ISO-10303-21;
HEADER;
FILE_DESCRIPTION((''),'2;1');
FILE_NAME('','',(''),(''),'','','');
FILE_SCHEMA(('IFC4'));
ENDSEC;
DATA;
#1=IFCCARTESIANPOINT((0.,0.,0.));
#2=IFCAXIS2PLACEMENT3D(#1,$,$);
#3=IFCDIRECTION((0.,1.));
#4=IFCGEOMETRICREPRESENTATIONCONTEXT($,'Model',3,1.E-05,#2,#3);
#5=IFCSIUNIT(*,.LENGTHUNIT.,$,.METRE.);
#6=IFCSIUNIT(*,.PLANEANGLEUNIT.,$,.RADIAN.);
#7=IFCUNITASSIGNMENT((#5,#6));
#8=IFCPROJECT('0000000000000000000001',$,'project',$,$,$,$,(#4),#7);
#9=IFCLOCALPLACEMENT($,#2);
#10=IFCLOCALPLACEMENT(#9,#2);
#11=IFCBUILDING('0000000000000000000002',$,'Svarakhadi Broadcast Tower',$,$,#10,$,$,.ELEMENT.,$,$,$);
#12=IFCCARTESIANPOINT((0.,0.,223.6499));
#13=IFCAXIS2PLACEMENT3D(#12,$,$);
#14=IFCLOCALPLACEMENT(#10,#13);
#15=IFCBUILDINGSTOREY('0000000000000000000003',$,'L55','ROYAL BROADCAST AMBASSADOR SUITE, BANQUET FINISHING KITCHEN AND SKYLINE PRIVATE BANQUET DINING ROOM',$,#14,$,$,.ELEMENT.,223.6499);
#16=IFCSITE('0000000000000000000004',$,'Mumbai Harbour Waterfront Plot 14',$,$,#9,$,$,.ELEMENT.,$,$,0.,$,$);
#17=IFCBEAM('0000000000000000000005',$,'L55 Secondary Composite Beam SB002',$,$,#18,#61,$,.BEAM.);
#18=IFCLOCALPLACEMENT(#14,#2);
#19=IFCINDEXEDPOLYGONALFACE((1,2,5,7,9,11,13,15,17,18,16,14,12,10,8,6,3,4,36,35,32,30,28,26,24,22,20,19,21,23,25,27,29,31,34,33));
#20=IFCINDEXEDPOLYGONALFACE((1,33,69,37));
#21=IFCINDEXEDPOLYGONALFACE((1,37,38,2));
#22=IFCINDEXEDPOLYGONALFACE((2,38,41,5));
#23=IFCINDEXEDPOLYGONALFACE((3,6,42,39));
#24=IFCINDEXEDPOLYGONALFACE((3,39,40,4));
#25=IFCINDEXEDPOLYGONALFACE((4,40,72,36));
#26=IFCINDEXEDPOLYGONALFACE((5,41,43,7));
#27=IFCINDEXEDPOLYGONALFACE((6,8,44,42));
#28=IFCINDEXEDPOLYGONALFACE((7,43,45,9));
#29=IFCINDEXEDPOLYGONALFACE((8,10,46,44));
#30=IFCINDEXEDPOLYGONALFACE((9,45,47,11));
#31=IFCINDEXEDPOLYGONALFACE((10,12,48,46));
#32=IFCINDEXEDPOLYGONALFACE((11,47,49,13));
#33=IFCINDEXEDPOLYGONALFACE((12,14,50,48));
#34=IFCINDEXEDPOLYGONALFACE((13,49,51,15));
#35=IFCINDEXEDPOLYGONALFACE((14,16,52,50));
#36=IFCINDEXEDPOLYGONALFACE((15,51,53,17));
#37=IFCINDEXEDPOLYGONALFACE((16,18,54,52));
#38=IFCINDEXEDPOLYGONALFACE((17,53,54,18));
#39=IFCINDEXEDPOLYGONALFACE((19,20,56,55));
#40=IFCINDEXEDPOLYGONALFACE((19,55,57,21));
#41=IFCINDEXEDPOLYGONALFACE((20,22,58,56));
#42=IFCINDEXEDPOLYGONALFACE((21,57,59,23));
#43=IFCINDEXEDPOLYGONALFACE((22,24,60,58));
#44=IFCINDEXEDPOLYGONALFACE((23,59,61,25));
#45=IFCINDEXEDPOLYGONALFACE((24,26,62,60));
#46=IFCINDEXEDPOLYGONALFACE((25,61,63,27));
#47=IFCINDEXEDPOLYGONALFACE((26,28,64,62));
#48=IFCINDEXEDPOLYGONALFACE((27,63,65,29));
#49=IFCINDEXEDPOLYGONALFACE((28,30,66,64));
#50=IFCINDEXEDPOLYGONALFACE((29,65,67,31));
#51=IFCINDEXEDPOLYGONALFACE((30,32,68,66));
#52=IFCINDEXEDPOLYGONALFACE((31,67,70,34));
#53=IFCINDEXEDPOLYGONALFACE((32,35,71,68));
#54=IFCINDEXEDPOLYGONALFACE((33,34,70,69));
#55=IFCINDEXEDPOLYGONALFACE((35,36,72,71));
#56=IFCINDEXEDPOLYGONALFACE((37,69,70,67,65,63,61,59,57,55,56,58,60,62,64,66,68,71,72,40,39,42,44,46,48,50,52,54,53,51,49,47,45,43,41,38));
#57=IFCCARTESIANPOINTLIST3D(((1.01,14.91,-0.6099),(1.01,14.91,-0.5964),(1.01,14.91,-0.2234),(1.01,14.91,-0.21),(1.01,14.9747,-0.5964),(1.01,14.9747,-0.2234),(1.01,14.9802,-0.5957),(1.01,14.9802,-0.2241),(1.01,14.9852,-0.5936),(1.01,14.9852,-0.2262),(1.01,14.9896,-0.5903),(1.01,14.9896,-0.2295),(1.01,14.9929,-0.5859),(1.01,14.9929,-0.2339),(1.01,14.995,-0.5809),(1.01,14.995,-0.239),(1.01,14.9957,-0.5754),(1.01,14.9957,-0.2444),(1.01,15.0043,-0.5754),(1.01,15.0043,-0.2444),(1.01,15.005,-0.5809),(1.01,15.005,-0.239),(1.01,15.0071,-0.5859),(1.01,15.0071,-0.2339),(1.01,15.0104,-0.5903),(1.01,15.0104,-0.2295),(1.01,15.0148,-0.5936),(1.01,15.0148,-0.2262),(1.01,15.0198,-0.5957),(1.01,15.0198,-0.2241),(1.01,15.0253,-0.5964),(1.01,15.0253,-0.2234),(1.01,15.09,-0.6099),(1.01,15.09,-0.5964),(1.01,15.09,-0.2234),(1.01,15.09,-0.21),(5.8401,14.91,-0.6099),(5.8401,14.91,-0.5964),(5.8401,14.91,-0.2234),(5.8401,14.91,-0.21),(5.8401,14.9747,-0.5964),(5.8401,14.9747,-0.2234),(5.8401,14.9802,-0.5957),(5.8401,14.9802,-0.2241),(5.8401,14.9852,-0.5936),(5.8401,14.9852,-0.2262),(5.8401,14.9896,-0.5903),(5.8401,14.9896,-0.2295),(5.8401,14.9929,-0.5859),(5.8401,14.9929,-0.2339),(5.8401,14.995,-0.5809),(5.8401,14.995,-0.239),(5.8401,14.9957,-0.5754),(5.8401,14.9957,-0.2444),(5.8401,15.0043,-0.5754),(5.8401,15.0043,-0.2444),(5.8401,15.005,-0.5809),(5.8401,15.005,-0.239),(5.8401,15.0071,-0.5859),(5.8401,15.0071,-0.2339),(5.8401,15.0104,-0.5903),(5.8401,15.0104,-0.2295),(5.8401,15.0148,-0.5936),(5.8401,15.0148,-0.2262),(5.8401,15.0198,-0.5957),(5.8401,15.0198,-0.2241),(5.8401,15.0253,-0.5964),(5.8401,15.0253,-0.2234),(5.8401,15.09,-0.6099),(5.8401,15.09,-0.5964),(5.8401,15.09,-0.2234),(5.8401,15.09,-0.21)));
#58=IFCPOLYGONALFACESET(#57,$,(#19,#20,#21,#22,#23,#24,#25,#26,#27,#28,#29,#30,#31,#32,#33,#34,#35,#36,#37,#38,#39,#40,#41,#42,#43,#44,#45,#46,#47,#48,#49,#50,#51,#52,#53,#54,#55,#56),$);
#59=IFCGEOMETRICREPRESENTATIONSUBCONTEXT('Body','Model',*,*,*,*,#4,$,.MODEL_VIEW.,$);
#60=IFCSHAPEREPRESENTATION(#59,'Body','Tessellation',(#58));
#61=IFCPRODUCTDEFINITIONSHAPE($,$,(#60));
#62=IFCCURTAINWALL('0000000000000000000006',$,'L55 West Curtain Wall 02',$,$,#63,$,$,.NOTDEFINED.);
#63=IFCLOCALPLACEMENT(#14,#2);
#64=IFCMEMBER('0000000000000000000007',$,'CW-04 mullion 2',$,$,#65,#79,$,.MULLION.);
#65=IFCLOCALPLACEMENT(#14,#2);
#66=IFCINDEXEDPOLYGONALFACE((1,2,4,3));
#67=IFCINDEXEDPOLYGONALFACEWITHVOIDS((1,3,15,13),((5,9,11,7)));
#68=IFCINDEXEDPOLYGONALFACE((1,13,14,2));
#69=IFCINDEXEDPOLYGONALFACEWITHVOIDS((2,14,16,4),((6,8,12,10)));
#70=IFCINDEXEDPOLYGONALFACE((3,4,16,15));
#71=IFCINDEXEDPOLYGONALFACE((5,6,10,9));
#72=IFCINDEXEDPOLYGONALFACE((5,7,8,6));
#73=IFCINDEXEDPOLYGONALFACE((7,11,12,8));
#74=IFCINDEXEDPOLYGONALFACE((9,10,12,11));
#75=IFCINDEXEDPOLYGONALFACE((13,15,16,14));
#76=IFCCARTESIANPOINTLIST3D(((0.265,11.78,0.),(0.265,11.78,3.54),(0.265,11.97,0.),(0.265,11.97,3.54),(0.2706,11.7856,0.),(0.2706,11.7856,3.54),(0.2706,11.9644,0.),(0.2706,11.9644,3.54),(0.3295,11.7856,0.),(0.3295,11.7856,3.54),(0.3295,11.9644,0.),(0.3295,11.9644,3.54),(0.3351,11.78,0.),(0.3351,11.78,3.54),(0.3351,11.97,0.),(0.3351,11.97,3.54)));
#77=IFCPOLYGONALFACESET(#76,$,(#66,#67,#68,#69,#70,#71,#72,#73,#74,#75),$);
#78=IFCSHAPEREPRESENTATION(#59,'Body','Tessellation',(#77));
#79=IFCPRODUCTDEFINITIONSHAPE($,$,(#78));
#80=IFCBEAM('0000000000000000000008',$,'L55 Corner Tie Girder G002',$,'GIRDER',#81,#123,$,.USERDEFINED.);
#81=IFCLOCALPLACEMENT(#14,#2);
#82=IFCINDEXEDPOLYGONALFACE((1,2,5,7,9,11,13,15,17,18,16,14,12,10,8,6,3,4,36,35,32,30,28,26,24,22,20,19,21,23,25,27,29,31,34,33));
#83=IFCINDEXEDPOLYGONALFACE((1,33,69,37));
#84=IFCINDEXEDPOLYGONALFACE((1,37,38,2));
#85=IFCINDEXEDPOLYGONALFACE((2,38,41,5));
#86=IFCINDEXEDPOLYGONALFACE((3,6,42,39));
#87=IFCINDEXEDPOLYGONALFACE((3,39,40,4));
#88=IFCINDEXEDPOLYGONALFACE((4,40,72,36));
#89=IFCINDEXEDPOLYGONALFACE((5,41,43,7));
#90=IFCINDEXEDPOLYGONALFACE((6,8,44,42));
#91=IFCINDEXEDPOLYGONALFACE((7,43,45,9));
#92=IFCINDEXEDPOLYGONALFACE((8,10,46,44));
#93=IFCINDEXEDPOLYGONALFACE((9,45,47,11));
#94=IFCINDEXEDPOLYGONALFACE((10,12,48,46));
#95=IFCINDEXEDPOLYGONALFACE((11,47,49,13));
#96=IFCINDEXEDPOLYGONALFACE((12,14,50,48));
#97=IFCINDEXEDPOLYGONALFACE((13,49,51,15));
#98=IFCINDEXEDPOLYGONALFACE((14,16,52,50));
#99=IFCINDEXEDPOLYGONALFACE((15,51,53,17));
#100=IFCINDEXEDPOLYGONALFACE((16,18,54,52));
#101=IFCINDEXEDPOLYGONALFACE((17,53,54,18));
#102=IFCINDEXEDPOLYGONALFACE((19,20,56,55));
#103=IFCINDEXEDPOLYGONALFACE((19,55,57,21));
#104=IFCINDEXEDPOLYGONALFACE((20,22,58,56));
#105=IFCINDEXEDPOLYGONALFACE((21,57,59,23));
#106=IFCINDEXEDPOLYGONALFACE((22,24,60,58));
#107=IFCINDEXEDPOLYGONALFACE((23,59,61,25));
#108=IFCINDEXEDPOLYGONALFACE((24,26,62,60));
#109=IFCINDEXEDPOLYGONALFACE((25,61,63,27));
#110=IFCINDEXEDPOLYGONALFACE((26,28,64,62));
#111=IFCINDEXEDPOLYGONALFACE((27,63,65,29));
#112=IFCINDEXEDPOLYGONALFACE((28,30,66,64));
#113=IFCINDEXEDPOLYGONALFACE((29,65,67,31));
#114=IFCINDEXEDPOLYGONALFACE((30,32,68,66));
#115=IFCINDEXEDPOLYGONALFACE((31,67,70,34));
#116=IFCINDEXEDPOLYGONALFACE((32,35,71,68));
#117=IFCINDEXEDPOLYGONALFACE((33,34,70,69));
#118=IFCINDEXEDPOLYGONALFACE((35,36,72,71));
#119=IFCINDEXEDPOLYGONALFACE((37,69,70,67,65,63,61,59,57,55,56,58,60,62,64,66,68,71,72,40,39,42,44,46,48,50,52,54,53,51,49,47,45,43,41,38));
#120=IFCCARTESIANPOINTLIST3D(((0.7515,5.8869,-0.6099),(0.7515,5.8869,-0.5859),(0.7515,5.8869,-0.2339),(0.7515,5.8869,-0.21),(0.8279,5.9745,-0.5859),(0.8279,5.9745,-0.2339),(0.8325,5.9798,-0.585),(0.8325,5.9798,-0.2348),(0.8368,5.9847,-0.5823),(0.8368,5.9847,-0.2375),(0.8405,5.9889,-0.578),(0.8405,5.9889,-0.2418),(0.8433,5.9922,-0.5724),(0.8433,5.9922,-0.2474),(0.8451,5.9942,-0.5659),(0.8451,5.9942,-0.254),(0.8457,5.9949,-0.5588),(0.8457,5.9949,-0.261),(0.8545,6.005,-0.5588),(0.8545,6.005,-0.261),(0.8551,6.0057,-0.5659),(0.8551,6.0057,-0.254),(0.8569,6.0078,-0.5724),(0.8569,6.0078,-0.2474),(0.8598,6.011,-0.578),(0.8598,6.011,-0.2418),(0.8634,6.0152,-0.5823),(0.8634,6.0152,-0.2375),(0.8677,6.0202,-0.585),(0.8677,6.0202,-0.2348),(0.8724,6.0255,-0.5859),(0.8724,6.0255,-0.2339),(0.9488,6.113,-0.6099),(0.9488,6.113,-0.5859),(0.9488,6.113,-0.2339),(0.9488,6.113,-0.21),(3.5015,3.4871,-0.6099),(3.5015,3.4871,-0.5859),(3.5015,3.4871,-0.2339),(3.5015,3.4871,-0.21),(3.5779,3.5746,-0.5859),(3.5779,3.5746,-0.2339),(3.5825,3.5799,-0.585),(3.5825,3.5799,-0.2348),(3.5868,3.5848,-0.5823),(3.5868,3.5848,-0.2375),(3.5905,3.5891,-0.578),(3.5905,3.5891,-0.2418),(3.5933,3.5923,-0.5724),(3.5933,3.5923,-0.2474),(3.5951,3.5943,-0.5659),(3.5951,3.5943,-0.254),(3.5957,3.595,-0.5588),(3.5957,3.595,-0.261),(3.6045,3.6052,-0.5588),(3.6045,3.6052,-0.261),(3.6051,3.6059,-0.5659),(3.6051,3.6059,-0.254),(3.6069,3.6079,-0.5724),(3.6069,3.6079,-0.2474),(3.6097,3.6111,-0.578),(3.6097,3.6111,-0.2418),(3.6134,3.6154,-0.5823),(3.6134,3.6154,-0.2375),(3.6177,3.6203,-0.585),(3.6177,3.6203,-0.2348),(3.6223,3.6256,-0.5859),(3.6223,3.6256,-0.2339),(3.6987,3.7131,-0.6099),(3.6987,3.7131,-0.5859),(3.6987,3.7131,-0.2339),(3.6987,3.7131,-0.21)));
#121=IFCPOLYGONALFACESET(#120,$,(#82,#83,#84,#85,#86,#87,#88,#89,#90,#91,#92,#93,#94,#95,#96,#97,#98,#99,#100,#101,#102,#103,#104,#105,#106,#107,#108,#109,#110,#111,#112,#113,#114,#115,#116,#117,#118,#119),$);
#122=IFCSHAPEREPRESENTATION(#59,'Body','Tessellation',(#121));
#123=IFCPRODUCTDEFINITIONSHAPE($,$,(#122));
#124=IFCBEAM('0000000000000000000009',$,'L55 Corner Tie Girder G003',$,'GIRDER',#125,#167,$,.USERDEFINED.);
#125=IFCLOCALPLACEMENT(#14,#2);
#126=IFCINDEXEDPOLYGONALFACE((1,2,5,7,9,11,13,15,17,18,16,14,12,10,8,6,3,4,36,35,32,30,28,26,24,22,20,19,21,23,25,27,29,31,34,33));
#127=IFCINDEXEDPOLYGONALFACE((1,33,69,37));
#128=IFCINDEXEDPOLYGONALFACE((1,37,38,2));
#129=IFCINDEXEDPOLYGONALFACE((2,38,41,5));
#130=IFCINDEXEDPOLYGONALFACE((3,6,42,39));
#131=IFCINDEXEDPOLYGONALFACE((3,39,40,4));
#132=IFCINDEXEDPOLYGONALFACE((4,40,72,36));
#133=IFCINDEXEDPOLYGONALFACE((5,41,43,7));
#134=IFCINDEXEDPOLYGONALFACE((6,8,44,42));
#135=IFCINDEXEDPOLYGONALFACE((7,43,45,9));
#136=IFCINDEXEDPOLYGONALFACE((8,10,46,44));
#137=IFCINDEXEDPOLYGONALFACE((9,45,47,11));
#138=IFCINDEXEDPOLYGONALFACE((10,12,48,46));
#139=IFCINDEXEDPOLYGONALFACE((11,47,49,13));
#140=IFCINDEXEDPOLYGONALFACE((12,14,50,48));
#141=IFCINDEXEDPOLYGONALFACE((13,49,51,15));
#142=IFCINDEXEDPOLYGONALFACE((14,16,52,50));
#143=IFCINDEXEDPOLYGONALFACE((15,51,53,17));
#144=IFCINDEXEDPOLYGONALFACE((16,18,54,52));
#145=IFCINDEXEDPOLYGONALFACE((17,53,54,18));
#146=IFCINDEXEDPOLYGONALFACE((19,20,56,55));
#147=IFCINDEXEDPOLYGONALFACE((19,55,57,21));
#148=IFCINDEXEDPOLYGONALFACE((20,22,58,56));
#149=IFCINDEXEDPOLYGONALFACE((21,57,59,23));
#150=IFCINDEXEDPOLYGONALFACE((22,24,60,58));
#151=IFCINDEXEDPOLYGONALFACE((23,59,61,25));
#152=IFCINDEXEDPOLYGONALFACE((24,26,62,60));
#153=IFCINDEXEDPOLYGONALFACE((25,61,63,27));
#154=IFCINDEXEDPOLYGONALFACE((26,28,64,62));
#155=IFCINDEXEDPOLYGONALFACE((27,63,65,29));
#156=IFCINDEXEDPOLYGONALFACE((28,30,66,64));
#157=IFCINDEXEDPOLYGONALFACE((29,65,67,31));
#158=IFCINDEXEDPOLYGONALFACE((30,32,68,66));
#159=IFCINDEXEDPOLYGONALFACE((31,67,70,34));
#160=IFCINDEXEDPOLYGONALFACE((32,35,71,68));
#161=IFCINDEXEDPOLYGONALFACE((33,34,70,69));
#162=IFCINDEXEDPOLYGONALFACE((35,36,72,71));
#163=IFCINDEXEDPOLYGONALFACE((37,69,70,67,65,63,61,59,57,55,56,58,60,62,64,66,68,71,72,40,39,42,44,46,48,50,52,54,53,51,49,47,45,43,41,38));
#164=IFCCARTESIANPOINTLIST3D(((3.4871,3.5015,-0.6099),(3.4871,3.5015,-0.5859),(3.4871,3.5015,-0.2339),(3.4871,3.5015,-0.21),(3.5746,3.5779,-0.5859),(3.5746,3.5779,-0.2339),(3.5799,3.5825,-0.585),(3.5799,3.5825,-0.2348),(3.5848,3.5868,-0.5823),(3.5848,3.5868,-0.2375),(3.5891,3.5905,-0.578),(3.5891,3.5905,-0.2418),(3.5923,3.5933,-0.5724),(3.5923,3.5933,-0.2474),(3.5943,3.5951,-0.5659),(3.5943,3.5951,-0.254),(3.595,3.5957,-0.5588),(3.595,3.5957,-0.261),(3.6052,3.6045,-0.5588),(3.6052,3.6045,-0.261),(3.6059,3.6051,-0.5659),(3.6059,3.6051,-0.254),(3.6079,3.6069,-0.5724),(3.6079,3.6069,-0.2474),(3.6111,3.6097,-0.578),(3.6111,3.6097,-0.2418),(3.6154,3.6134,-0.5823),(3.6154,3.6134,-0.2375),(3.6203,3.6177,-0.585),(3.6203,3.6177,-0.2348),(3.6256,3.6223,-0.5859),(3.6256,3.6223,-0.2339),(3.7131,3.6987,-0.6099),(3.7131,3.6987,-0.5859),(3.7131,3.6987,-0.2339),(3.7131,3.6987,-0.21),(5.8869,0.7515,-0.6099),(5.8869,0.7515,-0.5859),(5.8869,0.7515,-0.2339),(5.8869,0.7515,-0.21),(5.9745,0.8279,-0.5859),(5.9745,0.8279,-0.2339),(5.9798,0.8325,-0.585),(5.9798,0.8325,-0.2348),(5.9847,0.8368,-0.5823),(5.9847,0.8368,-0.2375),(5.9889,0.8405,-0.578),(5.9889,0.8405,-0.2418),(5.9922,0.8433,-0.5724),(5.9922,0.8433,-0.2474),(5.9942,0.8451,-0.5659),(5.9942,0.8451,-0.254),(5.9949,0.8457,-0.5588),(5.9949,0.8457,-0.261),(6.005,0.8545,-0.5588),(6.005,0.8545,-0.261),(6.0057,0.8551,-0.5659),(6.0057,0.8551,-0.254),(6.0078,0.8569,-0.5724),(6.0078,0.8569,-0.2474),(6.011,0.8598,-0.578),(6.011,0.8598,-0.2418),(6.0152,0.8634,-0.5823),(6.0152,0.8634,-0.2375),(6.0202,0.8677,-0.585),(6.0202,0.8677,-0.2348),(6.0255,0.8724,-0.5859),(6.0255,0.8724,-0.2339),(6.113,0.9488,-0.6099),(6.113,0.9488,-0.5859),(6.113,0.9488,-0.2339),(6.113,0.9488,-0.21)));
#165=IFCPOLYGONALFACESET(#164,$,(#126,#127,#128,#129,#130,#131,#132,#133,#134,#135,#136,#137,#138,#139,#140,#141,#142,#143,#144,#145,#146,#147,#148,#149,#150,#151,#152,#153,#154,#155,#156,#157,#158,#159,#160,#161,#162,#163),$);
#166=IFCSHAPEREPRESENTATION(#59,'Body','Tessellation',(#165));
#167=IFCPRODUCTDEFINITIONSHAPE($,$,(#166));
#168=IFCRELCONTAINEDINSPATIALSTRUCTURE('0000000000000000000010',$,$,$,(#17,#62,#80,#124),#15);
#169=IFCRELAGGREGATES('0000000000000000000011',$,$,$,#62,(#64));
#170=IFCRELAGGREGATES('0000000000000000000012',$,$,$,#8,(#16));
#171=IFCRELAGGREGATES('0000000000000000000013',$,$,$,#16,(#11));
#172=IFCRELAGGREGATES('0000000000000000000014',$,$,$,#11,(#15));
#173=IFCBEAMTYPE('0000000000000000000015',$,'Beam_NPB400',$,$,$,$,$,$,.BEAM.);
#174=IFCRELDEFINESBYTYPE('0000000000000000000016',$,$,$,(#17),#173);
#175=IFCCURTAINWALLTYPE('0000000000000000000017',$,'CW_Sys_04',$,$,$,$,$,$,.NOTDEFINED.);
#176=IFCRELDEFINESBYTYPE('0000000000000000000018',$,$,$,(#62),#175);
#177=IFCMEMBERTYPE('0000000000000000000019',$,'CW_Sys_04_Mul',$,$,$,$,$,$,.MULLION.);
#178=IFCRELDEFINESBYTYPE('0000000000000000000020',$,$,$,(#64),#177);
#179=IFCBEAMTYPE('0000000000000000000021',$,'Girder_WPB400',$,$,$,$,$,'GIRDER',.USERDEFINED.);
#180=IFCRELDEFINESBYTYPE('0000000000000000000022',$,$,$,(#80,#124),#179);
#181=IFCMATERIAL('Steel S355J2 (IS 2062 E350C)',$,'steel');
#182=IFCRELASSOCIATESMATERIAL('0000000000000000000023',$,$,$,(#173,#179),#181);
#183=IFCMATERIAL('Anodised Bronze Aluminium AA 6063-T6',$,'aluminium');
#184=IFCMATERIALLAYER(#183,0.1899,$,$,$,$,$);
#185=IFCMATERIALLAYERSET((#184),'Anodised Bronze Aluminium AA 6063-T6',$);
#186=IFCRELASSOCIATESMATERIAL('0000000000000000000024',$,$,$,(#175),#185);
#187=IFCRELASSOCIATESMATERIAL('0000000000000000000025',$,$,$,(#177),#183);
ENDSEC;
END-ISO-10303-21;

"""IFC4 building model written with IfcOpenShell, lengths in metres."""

from ifc_helpers import new_model, si_unit, direction, frame, origin, origin_2d, place, context, subcontext, project, spatial, hollow_rectangle, i_section, extrude, material, layer, layer_set, material_profile, profile_set, type_object, element, aggregate, save


model = new_model("IFC4")

# Units and contexts
model_context = context("Model", 3, precision=1e-05, world=origin(), true_north=direction((0.0, 1.0)))
body_context = subcontext(model_context, "Body", "Model", "MODEL_VIEW")
ifc_project = project(units=[si_unit("LENGTHUNIT", "METRE"), si_unit("PLANEANGLEUNIT", "RADIAN")], contexts=[model_context])

# Site, building, storey
site_placement = place(None, origin())
site = spatial("IfcSite", under=ifc_project, at=site_placement, Name="Mumbai Harbour Waterfront Plot 14", CompositionType="ELEMENT", RefElevation=0.0)
building_placement = place(site_placement, origin())
building = spatial("IfcBuilding", under=site, at=building_placement, Name="Svarakhadi Broadcast Tower", CompositionType="ELEMENT")
storey_placement = place(building_placement, frame((0.0, 0.0, 223.6499)))
storey = spatial("IfcBuildingStorey", under=building, at=storey_placement, Name="L55", Description="ROYAL BROADCAST AMBASSADOR SUITE, BANQUET FINISHING KITCHEN AND SKYLINE PRIVATE BANQUET DINING ROOM", CompositionType="ELEMENT", Elevation=223.6499)

# Beam
ifc_material_1 = material(Name="Steel S355J2 (IS 2062 E350C)", Category="steel")
ifc_material_profile_1 = material_profile(ifc_material_1, i_section(OverallWidth=0.1799, OverallDepth=0.3999, WebThickness=0.0085, FlangeThickness=0.0134, FilletRadius=0.021, at=origin_2d()), Name="NPB 400x180x66")
ifc_profile_set_1 = profile_set([ifc_material_profile_1], Name="Steel S355J2 (IS 2062 E350C)")
beam_type_1 = type_object("IfcBeamType", Name="Beam_NPB400", PredefinedType="BEAM", material=ifc_profile_set_1)
for number, where, z_axis, x_axis, name in (
    (1, (1.01, 15.0, -0.4099), (1.0, 0.0, 0.0), (0.0, 1.0, 0.0), "L55 Secondary Composite Beam SB002"),
):
    element("IfcBeam", number, at=place(storey_placement, frame(where, z_axis=z_axis, x_axis=x_axis)), inside=storey, type_object=beam_type_1, Name=name, PredefinedType="BEAM", context=body_context, shape_type="SweptSolid", body=[
        extrude(i_section(OverallWidth=0.1799, OverallDepth=0.3999, WebThickness=0.0085, FlangeThickness=0.0134, FilletRadius=0.021, at=origin_2d()), origin(), (0.0, 0.0, 1.0), 4.8301),
    ])

# Curtain wall, member
ifc_material_2 = material(Name="Anodised Bronze Aluminium AA 6063-T6", Category="aluminium")
ifc_layer_1 = layer(ifc_material_2, 0.1899)
ifc_layer_set_1 = layer_set([ifc_layer_1], Name="Anodised Bronze Aluminium AA 6063-T6")
curtain_wall_type = type_object("IfcCurtainWallType", Name="CW_Sys_04", PredefinedType="NOTDEFINED", material=ifc_layer_set_1)
curtain_wall_placement = place(storey_placement, origin())
curtain_wall = element("IfcCurtainWall", 2, at=curtain_wall_placement, inside=storey, type_object=curtain_wall_type, Name="L55 West Curtain Wall 02", PredefinedType="NOTDEFINED")
ifc_material_profile_2 = material_profile(ifc_material_2, hollow_rectangle(XDim=0.0701, YDim=0.1899, WallThickness=0.0056, at=origin_2d()), Name="ALU MULLION 190x70x6")
ifc_profile_set_2 = profile_set([ifc_material_profile_2], Name="Anodised Bronze Aluminium AA 6063-T6")
member_type = type_object("IfcMemberType", Name="CW_Sys_04_Mul", PredefinedType="MULLION", material=ifc_profile_set_2)
member_placement = place(storey_placement, frame((0.3, 11.875, 0.0), z_axis=(0.0, 0.0, 1.0), x_axis=(-1.0, 0.0, 0.0)))
member = element("IfcMember", 3, at=member_placement, type_object=member_type, Name="CW-04 mullion 2", PredefinedType="MULLION", context=body_context, shape_type="SweptSolid", body=[
    extrude(hollow_rectangle(XDim=0.0701, YDim=0.1899, WallThickness=0.0056, at=origin_2d()), origin(), (0.0, 0.0, 1.0), 3.54),
])

# Beams
ifc_material_profile_3 = material_profile(ifc_material_1, i_section(OverallWidth=0.3, OverallDepth=0.3999, WebThickness=0.0134, FlangeThickness=0.0239, FilletRadius=0.0271, at=origin_2d()), Name="WPB 400x300x155")
ifc_profile_set_3 = profile_set([ifc_material_profile_3], Name="Steel S355J2 (IS 2062 E350C)")
beam_type_2 = type_object("IfcBeamType", Name="Girder_WPB400", ElementType="GIRDER", PredefinedType="USERDEFINED", material=ifc_profile_set_3)
for number, where, z_axis, x_axis, name in (
    (4, (3.6001, 3.6001, -0.4099), (-0.753438, 0.657519, 0.0), (-0.657519, -0.753438, 0.0), "L55 Corner Tie Girder G002"),
    (5, (3.6001, 3.6001, -0.4099), (0.657519, -0.753438, 0.0), (0.753438, 0.657519, 0.0), "L55 Corner Tie Girder G003"),
):
    element("IfcBeam", number, at=place(storey_placement, frame(where, z_axis=z_axis, x_axis=x_axis)), inside=storey, type_object=beam_type_2, Name=name, ObjectType="GIRDER", PredefinedType="USERDEFINED", context=body_context, shape_type="SweptSolid", body=[
        extrude(i_section(OverallWidth=0.3, OverallDepth=0.3999, WebThickness=0.0134, FlangeThickness=0.0239, FilletRadius=0.0271, at=origin_2d()), origin(), (0.0, 0.0, 1.0), 3.6499),
    ])

aggregate(curtain_wall, [member])

save(model, "model.ifc")
